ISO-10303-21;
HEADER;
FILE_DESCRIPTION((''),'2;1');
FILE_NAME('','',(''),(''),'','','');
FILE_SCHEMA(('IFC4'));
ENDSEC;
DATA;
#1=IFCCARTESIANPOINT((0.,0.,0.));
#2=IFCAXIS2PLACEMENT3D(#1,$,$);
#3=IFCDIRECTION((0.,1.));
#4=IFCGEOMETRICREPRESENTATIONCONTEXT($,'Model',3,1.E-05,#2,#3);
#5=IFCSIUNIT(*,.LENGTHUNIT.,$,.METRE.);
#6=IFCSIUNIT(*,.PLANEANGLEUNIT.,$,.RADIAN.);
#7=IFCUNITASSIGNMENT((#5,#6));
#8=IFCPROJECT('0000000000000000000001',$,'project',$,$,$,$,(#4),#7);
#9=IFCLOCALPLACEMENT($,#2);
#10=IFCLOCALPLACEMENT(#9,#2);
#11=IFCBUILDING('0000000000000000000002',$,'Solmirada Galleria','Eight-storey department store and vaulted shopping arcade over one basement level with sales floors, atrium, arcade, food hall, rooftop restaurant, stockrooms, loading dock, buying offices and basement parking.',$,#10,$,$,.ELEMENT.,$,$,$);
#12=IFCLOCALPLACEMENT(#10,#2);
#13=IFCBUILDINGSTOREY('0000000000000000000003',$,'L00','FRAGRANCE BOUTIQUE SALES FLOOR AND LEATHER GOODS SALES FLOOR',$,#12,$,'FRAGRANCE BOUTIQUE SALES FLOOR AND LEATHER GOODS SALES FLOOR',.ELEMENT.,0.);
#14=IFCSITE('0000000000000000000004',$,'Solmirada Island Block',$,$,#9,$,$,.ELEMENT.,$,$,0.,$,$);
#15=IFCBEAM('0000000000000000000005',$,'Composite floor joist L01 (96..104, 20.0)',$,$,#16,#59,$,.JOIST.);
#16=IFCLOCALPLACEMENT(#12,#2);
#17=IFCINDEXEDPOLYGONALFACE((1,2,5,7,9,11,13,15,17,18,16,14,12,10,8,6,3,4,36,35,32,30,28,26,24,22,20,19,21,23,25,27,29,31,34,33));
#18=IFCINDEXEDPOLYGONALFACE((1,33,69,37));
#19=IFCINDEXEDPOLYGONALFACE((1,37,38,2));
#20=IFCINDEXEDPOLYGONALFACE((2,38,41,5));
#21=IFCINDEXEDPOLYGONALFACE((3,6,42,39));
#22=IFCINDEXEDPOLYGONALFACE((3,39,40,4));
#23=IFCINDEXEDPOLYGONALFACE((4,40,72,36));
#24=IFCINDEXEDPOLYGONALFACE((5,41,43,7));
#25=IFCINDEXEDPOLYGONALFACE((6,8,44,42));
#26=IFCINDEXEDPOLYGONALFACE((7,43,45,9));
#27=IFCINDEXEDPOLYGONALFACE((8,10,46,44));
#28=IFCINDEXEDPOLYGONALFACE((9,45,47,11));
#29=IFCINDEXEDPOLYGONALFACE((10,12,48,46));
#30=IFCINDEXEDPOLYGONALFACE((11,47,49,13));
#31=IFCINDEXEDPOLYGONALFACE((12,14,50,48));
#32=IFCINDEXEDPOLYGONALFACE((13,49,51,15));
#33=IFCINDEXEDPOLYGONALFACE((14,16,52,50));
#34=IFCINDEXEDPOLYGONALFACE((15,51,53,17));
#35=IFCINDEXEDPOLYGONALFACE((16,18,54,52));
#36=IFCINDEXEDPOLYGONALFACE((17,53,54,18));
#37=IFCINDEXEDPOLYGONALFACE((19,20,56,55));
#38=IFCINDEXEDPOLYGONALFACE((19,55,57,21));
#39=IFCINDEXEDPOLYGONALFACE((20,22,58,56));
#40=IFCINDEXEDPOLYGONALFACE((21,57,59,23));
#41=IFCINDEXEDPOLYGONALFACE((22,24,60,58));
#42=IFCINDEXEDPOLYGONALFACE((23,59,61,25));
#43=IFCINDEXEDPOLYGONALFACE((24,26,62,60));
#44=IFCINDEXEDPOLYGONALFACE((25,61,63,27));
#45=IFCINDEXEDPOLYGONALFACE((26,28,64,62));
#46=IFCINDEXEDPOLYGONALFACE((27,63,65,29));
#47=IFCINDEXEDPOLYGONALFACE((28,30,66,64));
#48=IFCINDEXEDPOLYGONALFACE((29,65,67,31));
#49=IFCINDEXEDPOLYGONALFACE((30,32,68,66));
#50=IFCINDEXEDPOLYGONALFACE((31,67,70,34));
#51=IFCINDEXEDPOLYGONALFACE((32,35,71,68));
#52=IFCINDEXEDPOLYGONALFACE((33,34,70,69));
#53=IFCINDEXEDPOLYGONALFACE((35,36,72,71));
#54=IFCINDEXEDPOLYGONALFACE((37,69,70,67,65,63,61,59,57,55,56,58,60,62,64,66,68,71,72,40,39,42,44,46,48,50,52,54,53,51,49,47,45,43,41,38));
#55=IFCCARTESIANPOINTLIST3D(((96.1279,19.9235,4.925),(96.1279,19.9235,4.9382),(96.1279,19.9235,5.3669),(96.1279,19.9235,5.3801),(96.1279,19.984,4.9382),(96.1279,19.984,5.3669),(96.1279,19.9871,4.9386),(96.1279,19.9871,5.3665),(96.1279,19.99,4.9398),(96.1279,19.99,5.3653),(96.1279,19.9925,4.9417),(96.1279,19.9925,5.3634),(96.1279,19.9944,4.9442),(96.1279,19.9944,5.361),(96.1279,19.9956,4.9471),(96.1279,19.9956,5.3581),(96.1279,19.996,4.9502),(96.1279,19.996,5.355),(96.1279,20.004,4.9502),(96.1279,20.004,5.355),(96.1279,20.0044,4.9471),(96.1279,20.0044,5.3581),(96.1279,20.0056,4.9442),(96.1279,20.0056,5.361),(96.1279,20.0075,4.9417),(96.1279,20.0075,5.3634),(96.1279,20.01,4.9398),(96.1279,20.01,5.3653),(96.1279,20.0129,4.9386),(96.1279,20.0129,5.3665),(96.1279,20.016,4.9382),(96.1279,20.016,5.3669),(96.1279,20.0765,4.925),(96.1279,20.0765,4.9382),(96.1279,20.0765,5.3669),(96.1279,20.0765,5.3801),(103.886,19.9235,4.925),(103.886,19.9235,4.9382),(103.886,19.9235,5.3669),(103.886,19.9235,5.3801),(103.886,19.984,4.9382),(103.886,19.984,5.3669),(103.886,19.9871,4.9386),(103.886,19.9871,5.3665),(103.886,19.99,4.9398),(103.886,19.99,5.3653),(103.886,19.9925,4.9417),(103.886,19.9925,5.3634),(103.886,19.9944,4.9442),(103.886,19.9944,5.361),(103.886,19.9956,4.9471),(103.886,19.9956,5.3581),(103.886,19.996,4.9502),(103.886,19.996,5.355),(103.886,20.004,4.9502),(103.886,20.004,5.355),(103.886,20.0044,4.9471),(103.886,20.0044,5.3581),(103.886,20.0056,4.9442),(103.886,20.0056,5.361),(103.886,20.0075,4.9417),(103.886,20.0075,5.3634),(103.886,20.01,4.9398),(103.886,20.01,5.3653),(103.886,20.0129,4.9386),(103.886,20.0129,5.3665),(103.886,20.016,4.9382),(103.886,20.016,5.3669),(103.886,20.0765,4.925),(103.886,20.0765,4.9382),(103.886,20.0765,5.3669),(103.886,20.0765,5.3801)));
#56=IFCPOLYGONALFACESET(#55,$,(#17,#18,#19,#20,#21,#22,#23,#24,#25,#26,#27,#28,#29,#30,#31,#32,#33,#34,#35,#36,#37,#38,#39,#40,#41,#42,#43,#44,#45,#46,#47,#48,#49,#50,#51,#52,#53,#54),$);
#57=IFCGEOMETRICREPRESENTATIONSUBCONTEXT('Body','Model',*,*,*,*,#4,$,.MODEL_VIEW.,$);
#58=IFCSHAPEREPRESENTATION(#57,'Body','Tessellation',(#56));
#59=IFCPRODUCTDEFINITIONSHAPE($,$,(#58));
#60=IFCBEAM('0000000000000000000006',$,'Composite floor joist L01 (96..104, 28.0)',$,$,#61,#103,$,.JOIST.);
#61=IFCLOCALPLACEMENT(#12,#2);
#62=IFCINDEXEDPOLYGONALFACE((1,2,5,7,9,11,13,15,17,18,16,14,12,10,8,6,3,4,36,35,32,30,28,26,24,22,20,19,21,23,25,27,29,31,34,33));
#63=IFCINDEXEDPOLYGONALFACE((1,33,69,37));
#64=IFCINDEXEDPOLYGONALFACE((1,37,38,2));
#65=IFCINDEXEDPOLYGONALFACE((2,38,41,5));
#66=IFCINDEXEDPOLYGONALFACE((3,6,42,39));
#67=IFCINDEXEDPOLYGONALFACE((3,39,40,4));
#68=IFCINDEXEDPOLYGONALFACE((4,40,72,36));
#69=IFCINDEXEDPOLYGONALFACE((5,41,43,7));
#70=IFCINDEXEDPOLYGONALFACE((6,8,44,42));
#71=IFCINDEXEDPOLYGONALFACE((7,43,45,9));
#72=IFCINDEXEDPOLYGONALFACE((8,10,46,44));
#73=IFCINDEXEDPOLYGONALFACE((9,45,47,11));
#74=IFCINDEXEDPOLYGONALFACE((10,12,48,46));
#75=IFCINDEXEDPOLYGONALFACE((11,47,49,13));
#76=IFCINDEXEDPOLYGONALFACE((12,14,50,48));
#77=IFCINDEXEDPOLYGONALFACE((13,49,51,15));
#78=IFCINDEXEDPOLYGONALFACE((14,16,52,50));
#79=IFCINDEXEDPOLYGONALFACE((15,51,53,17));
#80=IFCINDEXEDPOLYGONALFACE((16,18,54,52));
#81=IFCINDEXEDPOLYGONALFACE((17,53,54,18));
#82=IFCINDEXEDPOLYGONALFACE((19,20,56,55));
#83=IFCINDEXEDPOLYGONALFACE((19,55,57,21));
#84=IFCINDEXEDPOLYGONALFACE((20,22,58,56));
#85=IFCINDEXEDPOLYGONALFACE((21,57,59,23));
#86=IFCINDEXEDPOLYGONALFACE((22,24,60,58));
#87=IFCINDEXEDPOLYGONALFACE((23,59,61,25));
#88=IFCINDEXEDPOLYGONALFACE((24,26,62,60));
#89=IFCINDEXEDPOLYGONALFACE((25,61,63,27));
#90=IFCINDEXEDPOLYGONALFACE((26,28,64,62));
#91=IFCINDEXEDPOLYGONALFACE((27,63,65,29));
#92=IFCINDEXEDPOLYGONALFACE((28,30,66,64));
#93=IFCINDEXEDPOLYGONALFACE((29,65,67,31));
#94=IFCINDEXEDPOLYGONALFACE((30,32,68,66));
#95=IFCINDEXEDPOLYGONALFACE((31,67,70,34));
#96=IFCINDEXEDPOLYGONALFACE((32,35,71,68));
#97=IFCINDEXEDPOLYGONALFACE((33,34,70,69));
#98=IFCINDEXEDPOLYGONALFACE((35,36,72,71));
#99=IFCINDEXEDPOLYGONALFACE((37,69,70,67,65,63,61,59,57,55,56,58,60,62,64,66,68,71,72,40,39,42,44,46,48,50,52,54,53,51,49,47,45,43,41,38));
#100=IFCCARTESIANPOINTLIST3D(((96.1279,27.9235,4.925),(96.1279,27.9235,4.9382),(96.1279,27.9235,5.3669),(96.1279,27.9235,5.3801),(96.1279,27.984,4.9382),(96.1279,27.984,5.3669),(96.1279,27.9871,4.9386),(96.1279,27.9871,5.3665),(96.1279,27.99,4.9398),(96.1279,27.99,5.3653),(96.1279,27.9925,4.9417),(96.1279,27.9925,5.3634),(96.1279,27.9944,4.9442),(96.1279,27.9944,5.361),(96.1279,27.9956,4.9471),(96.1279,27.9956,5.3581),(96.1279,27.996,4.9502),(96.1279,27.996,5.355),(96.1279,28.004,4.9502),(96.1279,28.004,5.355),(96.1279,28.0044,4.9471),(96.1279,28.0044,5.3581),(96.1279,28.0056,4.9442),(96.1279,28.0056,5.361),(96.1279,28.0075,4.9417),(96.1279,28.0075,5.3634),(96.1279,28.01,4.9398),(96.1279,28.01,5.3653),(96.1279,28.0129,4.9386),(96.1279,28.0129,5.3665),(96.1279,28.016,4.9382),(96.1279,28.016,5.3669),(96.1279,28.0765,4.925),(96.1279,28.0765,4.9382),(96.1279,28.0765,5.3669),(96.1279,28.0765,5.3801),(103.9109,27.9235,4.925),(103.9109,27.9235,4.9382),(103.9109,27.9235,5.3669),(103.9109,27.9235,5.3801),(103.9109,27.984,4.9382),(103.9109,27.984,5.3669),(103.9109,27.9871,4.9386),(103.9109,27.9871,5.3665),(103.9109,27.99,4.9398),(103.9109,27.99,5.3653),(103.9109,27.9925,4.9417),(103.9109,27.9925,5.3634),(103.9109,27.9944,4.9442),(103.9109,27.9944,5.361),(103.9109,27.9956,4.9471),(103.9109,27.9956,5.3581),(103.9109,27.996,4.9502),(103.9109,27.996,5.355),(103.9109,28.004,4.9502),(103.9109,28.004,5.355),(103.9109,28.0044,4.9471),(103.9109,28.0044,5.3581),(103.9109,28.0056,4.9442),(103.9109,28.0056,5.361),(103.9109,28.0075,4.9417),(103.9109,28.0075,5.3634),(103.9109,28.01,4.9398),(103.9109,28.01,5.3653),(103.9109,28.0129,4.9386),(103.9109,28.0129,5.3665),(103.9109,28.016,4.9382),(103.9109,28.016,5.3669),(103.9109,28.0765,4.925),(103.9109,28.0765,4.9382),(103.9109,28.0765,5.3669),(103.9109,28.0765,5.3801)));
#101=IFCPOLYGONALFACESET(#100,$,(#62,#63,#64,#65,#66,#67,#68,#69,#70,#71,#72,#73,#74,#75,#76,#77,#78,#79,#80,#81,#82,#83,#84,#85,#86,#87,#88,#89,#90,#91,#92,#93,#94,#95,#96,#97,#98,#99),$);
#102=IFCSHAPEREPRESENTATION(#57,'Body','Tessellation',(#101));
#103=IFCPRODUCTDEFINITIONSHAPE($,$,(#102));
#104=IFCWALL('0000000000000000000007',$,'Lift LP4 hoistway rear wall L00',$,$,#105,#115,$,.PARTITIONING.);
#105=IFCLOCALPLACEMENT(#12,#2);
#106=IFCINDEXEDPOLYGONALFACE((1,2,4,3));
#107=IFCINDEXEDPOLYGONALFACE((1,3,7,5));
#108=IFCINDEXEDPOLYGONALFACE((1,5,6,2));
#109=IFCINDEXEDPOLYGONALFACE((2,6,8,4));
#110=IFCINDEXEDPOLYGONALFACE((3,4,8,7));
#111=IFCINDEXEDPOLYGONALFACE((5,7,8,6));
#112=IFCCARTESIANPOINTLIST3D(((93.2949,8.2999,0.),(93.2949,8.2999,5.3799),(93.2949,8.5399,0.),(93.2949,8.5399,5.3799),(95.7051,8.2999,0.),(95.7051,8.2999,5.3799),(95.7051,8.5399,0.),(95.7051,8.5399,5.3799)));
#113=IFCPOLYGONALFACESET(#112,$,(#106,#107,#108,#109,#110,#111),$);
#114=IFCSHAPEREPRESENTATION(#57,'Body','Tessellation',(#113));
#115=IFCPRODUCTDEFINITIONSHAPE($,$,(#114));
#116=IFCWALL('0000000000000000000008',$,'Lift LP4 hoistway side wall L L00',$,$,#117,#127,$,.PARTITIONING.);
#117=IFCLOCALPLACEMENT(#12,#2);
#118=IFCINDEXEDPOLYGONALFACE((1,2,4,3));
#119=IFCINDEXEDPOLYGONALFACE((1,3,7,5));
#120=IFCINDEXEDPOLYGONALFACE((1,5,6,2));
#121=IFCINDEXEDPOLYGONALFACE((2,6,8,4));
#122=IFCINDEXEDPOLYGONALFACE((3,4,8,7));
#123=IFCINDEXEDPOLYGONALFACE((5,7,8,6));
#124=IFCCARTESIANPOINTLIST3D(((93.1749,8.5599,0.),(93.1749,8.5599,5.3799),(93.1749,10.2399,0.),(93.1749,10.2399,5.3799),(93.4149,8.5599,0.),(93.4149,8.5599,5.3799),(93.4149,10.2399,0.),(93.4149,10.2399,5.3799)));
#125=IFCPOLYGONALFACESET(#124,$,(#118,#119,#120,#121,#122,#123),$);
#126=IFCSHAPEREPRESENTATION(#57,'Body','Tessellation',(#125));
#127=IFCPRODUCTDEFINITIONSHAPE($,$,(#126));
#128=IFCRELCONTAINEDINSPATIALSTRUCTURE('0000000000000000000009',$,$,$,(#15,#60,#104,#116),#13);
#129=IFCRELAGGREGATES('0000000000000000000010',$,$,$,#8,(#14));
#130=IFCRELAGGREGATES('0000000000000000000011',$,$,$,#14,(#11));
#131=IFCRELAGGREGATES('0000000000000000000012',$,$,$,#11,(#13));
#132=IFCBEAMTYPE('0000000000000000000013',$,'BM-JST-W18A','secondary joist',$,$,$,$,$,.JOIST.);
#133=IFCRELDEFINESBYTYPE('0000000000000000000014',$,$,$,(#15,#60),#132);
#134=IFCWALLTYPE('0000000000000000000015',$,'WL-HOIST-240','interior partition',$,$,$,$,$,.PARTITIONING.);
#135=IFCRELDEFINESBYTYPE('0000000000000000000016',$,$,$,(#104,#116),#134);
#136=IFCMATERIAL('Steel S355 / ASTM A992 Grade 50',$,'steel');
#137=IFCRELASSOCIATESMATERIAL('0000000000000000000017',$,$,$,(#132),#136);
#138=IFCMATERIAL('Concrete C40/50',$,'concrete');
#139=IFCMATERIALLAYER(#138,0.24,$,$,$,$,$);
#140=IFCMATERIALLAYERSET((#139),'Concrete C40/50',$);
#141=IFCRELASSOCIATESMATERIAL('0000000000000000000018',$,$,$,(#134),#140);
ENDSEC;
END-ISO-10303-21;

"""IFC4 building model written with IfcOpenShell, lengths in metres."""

from ifc_helpers import new_model, si_unit, direction, frame, frame_2d, origin, origin_2d, place, context, subcontext, project, spatial, rectangle, i_section, extrude, material, layer, layer_set, material_profile, profile_set, type_object, element, save


model = new_model("IFC4")

# Units and contexts
model_context = context("Model", 3, precision=1e-05, world=origin(), true_north=direction((0.0, 1.0)))
body_context = subcontext(model_context, "Body", "Model", "MODEL_VIEW")
ifc_project = project(units=[si_unit("LENGTHUNIT", "METRE"), si_unit("PLANEANGLEUNIT", "RADIAN")], contexts=[model_context])

# Site, building, storey
site_placement = place(None, origin())
site = spatial("IfcSite", under=ifc_project, at=site_placement, Name="Solmirada Island Block", CompositionType="ELEMENT", RefElevation=0.0)
building_placement = place(site_placement, origin())
building = spatial("IfcBuilding", under=site, at=building_placement, Name="Solmirada Galleria", Description="Eight-storey department store and vaulted shopping arcade over one basement level with sales floors, atrium, arcade, food hall, rooftop restaurant, stockrooms, loading dock, buying offices and basement parking.", CompositionType="ELEMENT")
storey_placement = place(building_placement, origin())
storey = spatial("IfcBuildingStorey", under=building, at=storey_placement, Name="L00", Description="FRAGRANCE BOUTIQUE SALES FLOOR AND LEATHER GOODS SALES FLOOR", LongName="FRAGRANCE BOUTIQUE SALES FLOOR AND LEATHER GOODS SALES FLOOR", CompositionType="ELEMENT", Elevation=0.0)

# Shared definitions
ifc_material_1 = material(Name="Concrete C40/50", Category="concrete")

# Beams
ifc_material_2 = material(Name="Steel S355 / ASTM A992 Grade 50", Category="steel")
ifc_material_profile_1 = material_profile(ifc_material_2, i_section(OverallWidth=0.1531, OverallDepth=0.4551, WebThickness=0.0081, FlangeThickness=0.0132, FilletRadius=0.012, at=origin_2d()), Name="W18X40")
ifc_profile_set_1 = profile_set([ifc_material_profile_1], Name="Steel S355 / ASTM A992 Grade 50")
beam_type_1 = type_object("IfcBeamType", Name="BM-JST-W18A", Description="secondary joist", PredefinedType="JOIST", material=ifc_profile_set_1)
beam_1_placement = place(storey_placement, frame((96.1279, 20.0, 5.1526), z_axis=(1.0, 0.0, 0.0), x_axis=(0.0, 1.0, 0.0)))
element("IfcBeam", 1, at=beam_1_placement, inside=storey, type_object=beam_type_1, Name="Composite floor joist L01 (96..104, 20.0)", PredefinedType="JOIST", context=body_context, shape_type="SweptSolid", body=[
    extrude(i_section(OverallWidth=0.1531, OverallDepth=0.4551, WebThickness=0.0081, FlangeThickness=0.0132, FilletRadius=0.012, at=origin_2d()), origin(), (0.0, 0.0, 1.0), 7.7581),
])
beam_2_placement = place(storey_placement, frame((96.1279, 28.0, 5.1526), z_axis=(1.0, 0.0, 0.0), x_axis=(0.0, 1.0, 0.0)))
element("IfcBeam", 2, at=beam_2_placement, inside=storey, type_object=beam_type_1, Name="Composite floor joist L01 (96..104, 28.0)", PredefinedType="JOIST", context=body_context, shape_type="SweptSolid", body=[
    extrude(i_section(OverallWidth=0.1531, OverallDepth=0.4551, WebThickness=0.0081, FlangeThickness=0.0132, FilletRadius=0.012, at=origin_2d()), origin(), (0.0, 0.0, 1.0), 7.783),
])

# Shared definitions
ifc_layer_1 = layer(ifc_material_1, 0.24)
ifc_layer_set_1 = layer_set([ifc_layer_1], Name="Concrete C40/50")
wall_type_1 = type_object("IfcWallType", Name="WL-HOIST-240", Description="interior partition", PredefinedType="PARTITIONING", material=ifc_layer_set_1)

# Walls
wall_1_placement = place(storey_placement, frame((93.2949, 8.4199, 0.0), z_axis=(0.0, 0.0, 1.0), x_axis=(1.0, 0.0, 0.0)))
element("IfcWall", 3, at=wall_1_placement, inside=storey, type_object=wall_type_1, Name="Lift LP4 hoistway rear wall L00", PredefinedType="PARTITIONING", context=body_context, shape_type="SweptSolid", body=[
    extrude(rectangle(XDim=2.4102, YDim=0.24, at=frame_2d((1.2051, 0.0))), origin(), (0.0, 0.0, 1.0), 5.3799),
])
wall_2_placement = place(storey_placement, frame((93.2949, 8.5601, 0.0), z_axis=(0.0, 0.0, 1.0), x_axis=(0.0, 1.0, 0.0)))
element("IfcWall", 4, at=wall_2_placement, inside=storey, type_object=wall_type_1, Name="Lift LP4 hoistway side wall L L00", PredefinedType="PARTITIONING", context=body_context, shape_type="SweptSolid", body=[
    extrude(rectangle(XDim=1.6799, YDim=0.24, at=frame_2d((0.8398, 0.0))), origin(), (0.0, 0.0, 1.0), 5.3799),
])

save(model, "model.ifc")
